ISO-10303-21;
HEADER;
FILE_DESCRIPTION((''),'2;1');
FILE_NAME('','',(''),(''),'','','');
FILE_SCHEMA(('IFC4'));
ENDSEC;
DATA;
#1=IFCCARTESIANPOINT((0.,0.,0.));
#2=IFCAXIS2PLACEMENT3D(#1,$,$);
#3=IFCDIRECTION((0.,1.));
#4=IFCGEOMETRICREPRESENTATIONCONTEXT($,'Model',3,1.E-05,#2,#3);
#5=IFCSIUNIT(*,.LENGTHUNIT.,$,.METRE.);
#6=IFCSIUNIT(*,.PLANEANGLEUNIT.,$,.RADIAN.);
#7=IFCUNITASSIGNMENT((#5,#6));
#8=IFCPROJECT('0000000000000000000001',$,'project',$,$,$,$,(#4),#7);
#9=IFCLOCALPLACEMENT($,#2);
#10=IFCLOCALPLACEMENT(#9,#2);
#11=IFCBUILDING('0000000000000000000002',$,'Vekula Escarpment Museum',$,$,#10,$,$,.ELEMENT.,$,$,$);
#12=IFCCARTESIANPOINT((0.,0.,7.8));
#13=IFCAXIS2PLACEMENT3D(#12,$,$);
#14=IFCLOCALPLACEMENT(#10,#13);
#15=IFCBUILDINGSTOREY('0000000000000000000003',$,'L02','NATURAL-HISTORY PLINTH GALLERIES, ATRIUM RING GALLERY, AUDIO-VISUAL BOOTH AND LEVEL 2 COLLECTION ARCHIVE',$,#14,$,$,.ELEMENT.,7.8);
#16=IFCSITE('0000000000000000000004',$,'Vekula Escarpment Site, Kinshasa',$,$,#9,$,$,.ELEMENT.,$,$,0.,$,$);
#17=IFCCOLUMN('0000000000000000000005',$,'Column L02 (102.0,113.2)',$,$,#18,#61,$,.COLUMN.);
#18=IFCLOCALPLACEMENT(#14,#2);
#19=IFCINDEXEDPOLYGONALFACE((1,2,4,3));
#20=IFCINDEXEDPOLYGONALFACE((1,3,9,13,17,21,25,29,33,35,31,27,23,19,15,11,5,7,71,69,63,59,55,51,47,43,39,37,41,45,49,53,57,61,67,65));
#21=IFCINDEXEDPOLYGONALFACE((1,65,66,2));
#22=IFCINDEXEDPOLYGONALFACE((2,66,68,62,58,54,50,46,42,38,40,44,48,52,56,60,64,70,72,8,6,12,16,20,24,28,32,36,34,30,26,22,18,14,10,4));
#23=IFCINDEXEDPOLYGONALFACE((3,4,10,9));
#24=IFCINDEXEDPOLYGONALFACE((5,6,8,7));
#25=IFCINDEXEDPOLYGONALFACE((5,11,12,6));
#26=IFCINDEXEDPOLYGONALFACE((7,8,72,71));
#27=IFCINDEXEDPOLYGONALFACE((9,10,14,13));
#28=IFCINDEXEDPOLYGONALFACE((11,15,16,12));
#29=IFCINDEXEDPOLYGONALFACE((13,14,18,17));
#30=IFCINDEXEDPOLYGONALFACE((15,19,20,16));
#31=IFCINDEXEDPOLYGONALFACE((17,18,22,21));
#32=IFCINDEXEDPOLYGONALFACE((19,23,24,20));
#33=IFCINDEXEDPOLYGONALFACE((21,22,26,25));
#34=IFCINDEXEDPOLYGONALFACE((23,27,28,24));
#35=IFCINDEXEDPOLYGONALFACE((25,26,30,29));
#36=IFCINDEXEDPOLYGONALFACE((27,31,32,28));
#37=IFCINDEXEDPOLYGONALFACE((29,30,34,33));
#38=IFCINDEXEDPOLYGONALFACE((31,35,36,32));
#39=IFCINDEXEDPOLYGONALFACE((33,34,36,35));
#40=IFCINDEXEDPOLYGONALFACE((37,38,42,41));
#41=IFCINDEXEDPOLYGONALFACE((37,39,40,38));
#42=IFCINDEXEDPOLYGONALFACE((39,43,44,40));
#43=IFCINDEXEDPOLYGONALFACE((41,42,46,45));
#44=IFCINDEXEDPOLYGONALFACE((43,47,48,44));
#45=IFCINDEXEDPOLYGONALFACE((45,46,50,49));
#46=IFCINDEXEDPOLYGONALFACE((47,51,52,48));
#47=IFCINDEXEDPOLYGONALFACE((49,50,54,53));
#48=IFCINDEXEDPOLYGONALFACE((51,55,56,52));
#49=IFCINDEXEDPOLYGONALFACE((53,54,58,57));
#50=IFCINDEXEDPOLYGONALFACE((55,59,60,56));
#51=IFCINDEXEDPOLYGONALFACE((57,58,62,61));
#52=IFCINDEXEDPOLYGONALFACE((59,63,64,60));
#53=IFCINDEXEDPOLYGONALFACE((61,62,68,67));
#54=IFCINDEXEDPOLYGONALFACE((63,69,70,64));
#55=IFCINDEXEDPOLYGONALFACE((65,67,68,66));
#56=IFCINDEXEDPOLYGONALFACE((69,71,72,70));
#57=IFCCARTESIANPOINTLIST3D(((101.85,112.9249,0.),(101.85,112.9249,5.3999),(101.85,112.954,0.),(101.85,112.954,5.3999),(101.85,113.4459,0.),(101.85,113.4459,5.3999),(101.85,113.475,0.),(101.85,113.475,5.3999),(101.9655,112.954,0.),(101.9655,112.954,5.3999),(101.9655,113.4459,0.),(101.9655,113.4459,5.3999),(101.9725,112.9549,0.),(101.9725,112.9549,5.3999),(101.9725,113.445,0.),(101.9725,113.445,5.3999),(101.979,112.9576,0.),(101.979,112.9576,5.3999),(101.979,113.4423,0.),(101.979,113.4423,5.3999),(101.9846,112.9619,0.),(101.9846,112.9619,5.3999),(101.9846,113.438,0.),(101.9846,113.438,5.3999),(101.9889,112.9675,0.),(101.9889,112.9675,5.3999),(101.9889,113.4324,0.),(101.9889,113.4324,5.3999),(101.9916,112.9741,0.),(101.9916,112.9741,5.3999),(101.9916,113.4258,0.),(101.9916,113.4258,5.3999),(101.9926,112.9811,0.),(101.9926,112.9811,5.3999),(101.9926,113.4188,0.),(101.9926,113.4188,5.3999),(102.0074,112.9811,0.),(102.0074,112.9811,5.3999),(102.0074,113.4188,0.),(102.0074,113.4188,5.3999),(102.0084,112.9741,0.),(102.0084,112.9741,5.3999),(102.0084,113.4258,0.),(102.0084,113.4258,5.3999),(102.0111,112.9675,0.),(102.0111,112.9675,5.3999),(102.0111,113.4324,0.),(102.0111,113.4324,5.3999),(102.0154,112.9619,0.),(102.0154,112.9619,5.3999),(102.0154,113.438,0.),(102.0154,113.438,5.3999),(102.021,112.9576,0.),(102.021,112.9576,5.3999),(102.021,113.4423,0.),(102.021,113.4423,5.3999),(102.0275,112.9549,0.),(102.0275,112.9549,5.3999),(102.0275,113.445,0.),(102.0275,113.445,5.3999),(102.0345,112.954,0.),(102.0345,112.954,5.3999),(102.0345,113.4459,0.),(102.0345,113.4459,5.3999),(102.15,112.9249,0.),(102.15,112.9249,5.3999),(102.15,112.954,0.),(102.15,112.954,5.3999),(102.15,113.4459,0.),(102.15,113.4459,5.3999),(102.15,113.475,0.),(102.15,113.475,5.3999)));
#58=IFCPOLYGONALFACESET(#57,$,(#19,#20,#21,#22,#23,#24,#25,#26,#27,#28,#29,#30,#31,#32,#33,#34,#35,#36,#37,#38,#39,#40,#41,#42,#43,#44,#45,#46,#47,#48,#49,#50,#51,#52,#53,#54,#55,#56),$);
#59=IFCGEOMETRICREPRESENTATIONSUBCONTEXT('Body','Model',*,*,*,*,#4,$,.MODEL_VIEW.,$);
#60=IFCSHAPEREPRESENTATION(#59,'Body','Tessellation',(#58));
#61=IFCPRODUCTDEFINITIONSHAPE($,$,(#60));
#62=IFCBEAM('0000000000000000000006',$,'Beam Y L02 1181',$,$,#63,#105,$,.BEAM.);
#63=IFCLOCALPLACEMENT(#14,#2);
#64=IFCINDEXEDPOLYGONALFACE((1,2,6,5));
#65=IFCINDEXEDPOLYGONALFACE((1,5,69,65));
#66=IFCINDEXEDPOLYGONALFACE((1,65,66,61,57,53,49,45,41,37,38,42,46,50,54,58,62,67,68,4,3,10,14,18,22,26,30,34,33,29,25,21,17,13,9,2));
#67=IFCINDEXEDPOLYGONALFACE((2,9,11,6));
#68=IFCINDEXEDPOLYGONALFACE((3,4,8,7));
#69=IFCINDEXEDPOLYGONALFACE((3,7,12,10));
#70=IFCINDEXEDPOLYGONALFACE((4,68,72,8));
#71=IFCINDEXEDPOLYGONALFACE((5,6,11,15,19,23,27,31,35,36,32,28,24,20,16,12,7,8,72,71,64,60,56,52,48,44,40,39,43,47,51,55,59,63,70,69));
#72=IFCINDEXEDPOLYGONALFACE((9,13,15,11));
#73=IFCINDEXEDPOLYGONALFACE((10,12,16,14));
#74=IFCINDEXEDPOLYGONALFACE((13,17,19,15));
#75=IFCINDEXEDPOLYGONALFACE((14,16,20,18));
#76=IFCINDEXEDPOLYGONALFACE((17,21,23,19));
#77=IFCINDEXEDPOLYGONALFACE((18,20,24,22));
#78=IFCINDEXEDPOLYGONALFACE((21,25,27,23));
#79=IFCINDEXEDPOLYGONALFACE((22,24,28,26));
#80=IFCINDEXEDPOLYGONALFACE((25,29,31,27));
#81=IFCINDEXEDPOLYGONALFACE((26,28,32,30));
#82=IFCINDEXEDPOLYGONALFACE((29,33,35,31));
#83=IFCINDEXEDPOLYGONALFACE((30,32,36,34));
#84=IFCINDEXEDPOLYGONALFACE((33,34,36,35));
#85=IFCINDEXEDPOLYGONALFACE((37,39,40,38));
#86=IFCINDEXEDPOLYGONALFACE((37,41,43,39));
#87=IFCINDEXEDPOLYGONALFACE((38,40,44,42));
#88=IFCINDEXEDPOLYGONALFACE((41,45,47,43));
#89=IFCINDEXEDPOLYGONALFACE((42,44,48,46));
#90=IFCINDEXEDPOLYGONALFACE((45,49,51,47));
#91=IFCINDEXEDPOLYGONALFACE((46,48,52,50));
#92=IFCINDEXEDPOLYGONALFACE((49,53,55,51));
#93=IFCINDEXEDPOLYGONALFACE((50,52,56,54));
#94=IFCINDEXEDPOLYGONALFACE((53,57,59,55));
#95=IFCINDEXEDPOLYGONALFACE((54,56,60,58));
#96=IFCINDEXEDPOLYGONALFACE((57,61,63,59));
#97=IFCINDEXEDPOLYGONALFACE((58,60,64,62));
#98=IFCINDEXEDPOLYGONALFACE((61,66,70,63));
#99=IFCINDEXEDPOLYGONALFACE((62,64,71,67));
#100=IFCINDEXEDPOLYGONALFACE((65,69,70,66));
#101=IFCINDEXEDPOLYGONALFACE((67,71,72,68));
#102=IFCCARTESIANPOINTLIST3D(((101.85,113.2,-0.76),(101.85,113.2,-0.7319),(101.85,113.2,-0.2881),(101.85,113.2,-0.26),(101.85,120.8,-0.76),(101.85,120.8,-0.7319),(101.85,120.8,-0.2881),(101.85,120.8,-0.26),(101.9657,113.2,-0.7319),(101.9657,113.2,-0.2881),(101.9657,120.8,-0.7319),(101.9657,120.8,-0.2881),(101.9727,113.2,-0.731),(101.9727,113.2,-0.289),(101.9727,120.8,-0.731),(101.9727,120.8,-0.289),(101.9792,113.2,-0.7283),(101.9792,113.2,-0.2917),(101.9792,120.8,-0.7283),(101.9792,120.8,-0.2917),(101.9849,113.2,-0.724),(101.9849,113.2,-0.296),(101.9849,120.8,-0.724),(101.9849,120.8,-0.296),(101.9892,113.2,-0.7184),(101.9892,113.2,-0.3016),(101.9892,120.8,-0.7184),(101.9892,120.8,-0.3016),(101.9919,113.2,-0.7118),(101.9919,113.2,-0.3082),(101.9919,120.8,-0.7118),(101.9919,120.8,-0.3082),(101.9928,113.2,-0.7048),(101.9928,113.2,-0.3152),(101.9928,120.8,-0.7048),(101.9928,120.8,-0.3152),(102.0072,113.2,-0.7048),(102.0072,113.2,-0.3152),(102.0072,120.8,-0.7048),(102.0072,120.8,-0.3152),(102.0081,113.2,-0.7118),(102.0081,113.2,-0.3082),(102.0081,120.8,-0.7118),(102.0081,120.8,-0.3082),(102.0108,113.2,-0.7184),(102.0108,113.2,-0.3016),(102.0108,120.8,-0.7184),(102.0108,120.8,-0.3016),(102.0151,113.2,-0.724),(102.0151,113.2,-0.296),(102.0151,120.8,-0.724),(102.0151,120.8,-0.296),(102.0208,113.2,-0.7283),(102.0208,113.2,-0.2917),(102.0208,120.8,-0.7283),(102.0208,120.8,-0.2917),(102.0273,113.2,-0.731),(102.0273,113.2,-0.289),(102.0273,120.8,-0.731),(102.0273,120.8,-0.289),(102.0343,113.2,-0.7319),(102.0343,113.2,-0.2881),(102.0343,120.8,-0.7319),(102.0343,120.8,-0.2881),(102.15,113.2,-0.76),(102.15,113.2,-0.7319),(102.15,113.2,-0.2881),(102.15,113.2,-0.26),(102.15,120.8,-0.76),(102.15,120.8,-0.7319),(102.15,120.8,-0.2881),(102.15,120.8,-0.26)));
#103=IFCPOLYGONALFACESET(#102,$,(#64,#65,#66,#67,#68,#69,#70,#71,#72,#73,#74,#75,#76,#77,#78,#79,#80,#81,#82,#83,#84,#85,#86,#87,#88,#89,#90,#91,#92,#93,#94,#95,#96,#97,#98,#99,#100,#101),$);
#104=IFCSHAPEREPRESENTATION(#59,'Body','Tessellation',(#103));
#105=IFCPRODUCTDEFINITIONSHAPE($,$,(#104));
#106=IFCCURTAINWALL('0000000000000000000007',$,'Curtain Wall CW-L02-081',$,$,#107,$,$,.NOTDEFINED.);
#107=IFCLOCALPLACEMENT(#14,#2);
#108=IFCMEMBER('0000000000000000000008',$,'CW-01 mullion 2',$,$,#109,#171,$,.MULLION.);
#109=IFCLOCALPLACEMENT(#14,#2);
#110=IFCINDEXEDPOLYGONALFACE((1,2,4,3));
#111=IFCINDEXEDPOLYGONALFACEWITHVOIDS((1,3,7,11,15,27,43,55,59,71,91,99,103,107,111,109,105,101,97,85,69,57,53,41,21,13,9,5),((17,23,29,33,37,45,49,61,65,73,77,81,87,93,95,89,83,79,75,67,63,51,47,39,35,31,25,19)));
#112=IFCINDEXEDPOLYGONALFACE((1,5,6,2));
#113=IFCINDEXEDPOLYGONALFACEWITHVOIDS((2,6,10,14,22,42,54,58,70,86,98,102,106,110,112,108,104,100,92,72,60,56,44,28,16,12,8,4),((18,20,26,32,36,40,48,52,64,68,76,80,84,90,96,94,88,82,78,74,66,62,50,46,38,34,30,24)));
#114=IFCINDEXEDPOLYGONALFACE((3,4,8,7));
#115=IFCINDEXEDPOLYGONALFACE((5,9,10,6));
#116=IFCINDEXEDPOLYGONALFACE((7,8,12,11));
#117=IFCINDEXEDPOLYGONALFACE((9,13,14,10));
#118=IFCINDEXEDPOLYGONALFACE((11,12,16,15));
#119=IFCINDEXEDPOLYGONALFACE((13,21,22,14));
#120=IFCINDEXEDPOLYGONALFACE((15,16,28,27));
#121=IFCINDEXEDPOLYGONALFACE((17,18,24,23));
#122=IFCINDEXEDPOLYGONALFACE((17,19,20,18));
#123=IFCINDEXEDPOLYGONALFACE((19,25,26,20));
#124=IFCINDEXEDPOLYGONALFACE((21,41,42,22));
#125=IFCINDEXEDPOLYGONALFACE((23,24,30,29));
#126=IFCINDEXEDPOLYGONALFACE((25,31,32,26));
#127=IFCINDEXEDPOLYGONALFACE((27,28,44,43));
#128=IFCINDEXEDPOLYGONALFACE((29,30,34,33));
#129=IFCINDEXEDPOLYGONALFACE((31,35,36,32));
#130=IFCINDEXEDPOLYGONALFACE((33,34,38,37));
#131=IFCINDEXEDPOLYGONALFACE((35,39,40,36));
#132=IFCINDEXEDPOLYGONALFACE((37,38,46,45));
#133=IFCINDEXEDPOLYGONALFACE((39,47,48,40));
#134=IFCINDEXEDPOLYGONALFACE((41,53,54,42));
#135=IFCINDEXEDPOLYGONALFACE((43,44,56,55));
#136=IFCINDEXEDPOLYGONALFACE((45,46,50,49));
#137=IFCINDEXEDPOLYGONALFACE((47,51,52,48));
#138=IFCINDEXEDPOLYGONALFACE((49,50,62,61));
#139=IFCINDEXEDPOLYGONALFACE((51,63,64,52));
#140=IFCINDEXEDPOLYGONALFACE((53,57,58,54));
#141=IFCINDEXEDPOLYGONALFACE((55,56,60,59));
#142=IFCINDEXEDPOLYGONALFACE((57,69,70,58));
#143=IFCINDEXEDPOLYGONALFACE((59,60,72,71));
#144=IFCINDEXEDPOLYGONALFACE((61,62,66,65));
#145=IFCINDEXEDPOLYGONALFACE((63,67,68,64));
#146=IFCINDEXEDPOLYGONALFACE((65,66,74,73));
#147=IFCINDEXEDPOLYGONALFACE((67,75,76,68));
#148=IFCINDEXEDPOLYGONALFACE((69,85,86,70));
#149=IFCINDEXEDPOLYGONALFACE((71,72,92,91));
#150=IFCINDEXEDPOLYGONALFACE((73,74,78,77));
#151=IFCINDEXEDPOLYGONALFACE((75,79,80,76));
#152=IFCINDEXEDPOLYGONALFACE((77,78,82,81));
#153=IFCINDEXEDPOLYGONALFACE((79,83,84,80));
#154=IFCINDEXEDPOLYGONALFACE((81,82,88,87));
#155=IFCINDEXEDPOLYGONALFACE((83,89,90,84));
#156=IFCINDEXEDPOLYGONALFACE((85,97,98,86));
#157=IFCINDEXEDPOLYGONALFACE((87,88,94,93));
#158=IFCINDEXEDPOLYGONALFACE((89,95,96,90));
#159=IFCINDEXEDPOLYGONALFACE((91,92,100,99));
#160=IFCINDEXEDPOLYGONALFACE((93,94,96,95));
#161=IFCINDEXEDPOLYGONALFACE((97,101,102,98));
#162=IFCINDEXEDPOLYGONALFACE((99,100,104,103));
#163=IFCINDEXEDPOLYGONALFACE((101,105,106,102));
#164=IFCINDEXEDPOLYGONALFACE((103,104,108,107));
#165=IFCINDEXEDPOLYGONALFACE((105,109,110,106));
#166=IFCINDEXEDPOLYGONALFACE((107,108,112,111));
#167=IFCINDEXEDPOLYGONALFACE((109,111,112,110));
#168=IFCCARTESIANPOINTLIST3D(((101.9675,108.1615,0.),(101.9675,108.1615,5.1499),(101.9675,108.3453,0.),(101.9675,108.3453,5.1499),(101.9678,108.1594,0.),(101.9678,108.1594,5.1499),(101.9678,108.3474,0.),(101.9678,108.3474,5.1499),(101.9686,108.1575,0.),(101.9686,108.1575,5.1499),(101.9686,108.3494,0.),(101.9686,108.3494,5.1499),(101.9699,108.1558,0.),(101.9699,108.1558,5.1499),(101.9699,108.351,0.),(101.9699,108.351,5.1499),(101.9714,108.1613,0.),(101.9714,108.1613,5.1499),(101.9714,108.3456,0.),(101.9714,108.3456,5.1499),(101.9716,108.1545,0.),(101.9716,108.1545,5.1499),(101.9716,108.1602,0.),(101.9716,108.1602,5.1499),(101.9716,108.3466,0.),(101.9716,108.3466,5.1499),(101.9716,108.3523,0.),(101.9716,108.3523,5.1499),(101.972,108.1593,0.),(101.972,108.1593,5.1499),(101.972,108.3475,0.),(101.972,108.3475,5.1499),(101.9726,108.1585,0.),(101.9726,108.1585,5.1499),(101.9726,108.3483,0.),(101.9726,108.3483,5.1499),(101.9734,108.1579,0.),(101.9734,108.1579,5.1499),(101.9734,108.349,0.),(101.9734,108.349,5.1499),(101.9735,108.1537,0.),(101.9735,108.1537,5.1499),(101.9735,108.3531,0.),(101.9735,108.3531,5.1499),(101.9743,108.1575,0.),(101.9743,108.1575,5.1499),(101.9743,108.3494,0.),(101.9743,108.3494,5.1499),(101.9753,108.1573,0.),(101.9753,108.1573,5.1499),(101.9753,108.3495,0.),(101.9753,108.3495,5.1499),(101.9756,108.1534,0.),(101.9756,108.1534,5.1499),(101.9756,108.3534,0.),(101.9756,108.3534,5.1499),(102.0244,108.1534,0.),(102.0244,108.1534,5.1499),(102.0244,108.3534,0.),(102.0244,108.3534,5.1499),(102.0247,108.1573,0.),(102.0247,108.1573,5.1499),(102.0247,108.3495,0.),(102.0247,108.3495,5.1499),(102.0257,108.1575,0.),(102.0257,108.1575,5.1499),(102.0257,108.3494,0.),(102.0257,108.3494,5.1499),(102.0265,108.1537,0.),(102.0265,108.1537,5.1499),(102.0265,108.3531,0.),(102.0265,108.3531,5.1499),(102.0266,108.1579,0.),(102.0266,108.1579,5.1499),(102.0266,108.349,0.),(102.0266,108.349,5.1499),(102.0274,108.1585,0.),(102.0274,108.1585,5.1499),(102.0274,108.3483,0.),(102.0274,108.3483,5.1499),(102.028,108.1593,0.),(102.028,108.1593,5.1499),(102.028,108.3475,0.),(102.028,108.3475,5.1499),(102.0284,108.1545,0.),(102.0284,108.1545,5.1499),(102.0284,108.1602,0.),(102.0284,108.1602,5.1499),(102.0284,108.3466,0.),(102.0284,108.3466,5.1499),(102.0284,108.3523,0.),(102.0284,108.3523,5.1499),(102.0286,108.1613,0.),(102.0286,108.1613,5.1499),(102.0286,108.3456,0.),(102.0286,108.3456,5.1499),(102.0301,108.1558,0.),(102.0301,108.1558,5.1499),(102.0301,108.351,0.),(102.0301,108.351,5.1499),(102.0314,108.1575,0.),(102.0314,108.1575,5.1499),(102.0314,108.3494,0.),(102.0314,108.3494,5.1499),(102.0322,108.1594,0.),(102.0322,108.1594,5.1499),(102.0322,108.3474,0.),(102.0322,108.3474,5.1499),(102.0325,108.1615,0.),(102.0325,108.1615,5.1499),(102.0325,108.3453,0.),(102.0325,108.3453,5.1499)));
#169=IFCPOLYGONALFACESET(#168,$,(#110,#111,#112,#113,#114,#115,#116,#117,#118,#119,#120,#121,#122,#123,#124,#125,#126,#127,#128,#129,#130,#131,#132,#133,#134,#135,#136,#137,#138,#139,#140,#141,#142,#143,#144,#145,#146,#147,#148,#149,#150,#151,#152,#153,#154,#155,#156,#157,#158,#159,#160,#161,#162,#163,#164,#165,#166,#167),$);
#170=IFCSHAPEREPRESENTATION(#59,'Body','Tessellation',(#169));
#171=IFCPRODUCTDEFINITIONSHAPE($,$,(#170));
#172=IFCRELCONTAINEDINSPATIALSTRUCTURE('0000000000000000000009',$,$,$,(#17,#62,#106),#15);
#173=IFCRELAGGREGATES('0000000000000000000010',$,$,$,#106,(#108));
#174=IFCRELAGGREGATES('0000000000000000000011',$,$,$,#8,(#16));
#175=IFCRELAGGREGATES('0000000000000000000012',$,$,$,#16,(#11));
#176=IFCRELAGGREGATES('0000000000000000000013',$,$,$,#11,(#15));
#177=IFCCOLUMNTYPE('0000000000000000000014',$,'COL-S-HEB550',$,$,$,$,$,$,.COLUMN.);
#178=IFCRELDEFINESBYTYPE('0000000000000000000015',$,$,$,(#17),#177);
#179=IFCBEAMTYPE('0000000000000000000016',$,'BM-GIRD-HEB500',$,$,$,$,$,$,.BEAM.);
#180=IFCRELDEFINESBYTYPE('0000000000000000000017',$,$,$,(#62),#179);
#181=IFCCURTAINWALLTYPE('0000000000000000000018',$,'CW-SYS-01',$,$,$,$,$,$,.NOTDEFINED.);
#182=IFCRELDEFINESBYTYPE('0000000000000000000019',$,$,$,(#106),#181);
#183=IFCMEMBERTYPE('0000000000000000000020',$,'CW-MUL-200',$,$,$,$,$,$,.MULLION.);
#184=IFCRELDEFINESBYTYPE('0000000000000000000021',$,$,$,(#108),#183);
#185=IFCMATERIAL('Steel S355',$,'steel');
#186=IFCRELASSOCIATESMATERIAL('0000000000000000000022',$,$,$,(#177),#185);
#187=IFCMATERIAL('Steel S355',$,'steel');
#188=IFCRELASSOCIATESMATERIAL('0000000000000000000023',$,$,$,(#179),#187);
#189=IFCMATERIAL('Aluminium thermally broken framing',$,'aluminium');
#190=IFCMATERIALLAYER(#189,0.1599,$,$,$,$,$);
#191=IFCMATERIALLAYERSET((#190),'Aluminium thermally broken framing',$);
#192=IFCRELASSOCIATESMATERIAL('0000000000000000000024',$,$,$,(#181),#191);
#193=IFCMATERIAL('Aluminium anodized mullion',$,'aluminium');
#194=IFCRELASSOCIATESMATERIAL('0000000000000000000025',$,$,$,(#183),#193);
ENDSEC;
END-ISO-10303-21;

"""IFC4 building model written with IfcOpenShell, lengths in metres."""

from ifc_helpers import new_model, si_unit, direction, frame, origin, origin_2d, place, context, subcontext, project, spatial, hollow_rectangle, i_section, extrude, material, layer, layer_set, material_profile, profile_set, type_object, element, aggregate, save


model = new_model("IFC4")

# Units and contexts
model_context = context("Model", 3, precision=1e-05, world=origin(), true_north=direction((0.0, 1.0)))
body_context = subcontext(model_context, "Body", "Model", "MODEL_VIEW")
ifc_project = project(units=[si_unit("LENGTHUNIT", "METRE"), si_unit("PLANEANGLEUNIT", "RADIAN")], contexts=[model_context])

# Site, building, storey
site_placement = place(None, origin())
site = spatial("IfcSite", under=ifc_project, at=site_placement, Name="Vekula Escarpment Site, Kinshasa", CompositionType="ELEMENT", RefElevation=0.0)
building_placement = place(site_placement, origin())
building = spatial("IfcBuilding", under=site, at=building_placement, Name="Vekula Escarpment Museum", CompositionType="ELEMENT")
storey_placement = place(building_placement, frame((0.0, 0.0, 7.8)))
storey = spatial("IfcBuildingStorey", under=building, at=storey_placement, Name="L02", Description="NATURAL-HISTORY PLINTH GALLERIES, ATRIUM RING GALLERY, AUDIO-VISUAL BOOTH AND LEVEL 2 COLLECTION ARCHIVE", CompositionType="ELEMENT", Elevation=7.8)

# Column
ifc_material_1 = material(Name="Steel S355", Category="steel")
ifc_material_profile_1 = material_profile(ifc_material_1, i_section(OverallWidth=0.3, OverallDepth=0.55, WebThickness=0.0149, FlangeThickness=0.0291, FilletRadius=0.0271, at=origin_2d()), Name="HEB 550")
ifc_profile_set_1 = profile_set([ifc_material_profile_1], Name="Steel S355")
column_type = type_object("IfcColumnType", Name="COL-S-HEB550", PredefinedType="COLUMN", material=ifc_profile_set_1)
column_placement = place(storey_placement, frame((102.0, 113.2, 0.0), z_axis=(0.0, 0.0, 1.0), x_axis=(1.0, 0.0, 0.0)))
element("IfcColumn", 1, at=column_placement, inside=storey, type_object=column_type, Name="Column L02 (102.0,113.2)", PredefinedType="COLUMN", context=body_context, shape_type="SweptSolid", body=[
    extrude(i_section(OverallWidth=0.3, OverallDepth=0.55, WebThickness=0.0149, FlangeThickness=0.0291, FilletRadius=0.0271, at=origin_2d()), origin(), (0.0, 0.0, 1.0), 5.3999),
])

# Beam
ifc_material_2 = material(Name="Steel S355", Category="steel")
ifc_material_profile_2 = material_profile(ifc_material_2, i_section(OverallWidth=0.3, OverallDepth=0.5, WebThickness=0.0144, FlangeThickness=0.0281, FilletRadius=0.0271, at=origin_2d()), Name="HEB 500")
ifc_profile_set_2 = profile_set([ifc_material_profile_2], Name="Steel S355")
beam_type = type_object("IfcBeamType", Name="BM-GIRD-HEB500", PredefinedType="BEAM", material=ifc_profile_set_2)
beam_placement = place(storey_placement, frame((102.0, 113.2, -0.51), z_axis=(0.0, 1.0, 0.0), x_axis=(-1.0, 0.0, 0.0)))
element("IfcBeam", 2, at=beam_placement, inside=storey, type_object=beam_type, Name="Beam Y L02 1181", PredefinedType="BEAM", context=body_context, shape_type="SweptSolid", body=[
    extrude(i_section(OverallWidth=0.3, OverallDepth=0.5, WebThickness=0.0144, FlangeThickness=0.0281, FilletRadius=0.0271, at=origin_2d()), origin(), (0.0, 0.0, 1.0), 7.6001),
])

# Curtain wall, member
ifc_material_3 = material(Name="Aluminium thermally broken framing", Category="aluminium")
ifc_layer_1 = layer(ifc_material_3, 0.1599)
ifc_layer_set_1 = layer_set([ifc_layer_1], Name="Aluminium thermally broken framing")
curtain_wall_type_1 = type_object("IfcCurtainWallType", Name="CW-SYS-01", PredefinedType="NOTDEFINED", material=ifc_layer_set_1)
curtain_wall_1_placement = place(storey_placement, origin())
curtain_wall_1 = element("IfcCurtainWall", 3, at=curtain_wall_1_placement, inside=storey, type_object=curtain_wall_type_1, Name="Curtain Wall CW-L02-081", PredefinedType="NOTDEFINED")
ifc_material_4 = material(Name="Aluminium anodized mullion", Category="aluminium")
ifc_material_profile_3 = material_profile(ifc_material_4, hollow_rectangle(XDim=0.0649, YDim=0.2, WallThickness=0.0039, InnerFilletRadius=0.0039, OuterFilletRadius=0.0081, at=origin_2d()), Name="ALU 200x65x4")
ifc_profile_set_3 = profile_set([ifc_material_profile_3], Name="Aluminium anodized mullion")
member_type_1 = type_object("IfcMemberType", Name="CW-MUL-200", PredefinedType="MULLION", material=ifc_profile_set_3)
member_1_placement = place(storey_placement, frame((102.0, 108.2534, 0.0), z_axis=(0.0, 0.0, 1.0), x_axis=(-1.0, 0.0, 0.0)))
member_1 = element("IfcMember", 4, at=member_1_placement, type_object=member_type_1, Name="CW-01 mullion 2", PredefinedType="MULLION", context=body_context, shape_type="SweptSolid", body=[
    extrude(hollow_rectangle(XDim=0.0649, YDim=0.2, WallThickness=0.0039, InnerFilletRadius=0.0039, OuterFilletRadius=0.0081, at=origin_2d()), origin(), (0.0, 0.0, 1.0), 5.1499),
])

aggregate(curtain_wall_1, [member_1])

save(model, "model.ifc")
